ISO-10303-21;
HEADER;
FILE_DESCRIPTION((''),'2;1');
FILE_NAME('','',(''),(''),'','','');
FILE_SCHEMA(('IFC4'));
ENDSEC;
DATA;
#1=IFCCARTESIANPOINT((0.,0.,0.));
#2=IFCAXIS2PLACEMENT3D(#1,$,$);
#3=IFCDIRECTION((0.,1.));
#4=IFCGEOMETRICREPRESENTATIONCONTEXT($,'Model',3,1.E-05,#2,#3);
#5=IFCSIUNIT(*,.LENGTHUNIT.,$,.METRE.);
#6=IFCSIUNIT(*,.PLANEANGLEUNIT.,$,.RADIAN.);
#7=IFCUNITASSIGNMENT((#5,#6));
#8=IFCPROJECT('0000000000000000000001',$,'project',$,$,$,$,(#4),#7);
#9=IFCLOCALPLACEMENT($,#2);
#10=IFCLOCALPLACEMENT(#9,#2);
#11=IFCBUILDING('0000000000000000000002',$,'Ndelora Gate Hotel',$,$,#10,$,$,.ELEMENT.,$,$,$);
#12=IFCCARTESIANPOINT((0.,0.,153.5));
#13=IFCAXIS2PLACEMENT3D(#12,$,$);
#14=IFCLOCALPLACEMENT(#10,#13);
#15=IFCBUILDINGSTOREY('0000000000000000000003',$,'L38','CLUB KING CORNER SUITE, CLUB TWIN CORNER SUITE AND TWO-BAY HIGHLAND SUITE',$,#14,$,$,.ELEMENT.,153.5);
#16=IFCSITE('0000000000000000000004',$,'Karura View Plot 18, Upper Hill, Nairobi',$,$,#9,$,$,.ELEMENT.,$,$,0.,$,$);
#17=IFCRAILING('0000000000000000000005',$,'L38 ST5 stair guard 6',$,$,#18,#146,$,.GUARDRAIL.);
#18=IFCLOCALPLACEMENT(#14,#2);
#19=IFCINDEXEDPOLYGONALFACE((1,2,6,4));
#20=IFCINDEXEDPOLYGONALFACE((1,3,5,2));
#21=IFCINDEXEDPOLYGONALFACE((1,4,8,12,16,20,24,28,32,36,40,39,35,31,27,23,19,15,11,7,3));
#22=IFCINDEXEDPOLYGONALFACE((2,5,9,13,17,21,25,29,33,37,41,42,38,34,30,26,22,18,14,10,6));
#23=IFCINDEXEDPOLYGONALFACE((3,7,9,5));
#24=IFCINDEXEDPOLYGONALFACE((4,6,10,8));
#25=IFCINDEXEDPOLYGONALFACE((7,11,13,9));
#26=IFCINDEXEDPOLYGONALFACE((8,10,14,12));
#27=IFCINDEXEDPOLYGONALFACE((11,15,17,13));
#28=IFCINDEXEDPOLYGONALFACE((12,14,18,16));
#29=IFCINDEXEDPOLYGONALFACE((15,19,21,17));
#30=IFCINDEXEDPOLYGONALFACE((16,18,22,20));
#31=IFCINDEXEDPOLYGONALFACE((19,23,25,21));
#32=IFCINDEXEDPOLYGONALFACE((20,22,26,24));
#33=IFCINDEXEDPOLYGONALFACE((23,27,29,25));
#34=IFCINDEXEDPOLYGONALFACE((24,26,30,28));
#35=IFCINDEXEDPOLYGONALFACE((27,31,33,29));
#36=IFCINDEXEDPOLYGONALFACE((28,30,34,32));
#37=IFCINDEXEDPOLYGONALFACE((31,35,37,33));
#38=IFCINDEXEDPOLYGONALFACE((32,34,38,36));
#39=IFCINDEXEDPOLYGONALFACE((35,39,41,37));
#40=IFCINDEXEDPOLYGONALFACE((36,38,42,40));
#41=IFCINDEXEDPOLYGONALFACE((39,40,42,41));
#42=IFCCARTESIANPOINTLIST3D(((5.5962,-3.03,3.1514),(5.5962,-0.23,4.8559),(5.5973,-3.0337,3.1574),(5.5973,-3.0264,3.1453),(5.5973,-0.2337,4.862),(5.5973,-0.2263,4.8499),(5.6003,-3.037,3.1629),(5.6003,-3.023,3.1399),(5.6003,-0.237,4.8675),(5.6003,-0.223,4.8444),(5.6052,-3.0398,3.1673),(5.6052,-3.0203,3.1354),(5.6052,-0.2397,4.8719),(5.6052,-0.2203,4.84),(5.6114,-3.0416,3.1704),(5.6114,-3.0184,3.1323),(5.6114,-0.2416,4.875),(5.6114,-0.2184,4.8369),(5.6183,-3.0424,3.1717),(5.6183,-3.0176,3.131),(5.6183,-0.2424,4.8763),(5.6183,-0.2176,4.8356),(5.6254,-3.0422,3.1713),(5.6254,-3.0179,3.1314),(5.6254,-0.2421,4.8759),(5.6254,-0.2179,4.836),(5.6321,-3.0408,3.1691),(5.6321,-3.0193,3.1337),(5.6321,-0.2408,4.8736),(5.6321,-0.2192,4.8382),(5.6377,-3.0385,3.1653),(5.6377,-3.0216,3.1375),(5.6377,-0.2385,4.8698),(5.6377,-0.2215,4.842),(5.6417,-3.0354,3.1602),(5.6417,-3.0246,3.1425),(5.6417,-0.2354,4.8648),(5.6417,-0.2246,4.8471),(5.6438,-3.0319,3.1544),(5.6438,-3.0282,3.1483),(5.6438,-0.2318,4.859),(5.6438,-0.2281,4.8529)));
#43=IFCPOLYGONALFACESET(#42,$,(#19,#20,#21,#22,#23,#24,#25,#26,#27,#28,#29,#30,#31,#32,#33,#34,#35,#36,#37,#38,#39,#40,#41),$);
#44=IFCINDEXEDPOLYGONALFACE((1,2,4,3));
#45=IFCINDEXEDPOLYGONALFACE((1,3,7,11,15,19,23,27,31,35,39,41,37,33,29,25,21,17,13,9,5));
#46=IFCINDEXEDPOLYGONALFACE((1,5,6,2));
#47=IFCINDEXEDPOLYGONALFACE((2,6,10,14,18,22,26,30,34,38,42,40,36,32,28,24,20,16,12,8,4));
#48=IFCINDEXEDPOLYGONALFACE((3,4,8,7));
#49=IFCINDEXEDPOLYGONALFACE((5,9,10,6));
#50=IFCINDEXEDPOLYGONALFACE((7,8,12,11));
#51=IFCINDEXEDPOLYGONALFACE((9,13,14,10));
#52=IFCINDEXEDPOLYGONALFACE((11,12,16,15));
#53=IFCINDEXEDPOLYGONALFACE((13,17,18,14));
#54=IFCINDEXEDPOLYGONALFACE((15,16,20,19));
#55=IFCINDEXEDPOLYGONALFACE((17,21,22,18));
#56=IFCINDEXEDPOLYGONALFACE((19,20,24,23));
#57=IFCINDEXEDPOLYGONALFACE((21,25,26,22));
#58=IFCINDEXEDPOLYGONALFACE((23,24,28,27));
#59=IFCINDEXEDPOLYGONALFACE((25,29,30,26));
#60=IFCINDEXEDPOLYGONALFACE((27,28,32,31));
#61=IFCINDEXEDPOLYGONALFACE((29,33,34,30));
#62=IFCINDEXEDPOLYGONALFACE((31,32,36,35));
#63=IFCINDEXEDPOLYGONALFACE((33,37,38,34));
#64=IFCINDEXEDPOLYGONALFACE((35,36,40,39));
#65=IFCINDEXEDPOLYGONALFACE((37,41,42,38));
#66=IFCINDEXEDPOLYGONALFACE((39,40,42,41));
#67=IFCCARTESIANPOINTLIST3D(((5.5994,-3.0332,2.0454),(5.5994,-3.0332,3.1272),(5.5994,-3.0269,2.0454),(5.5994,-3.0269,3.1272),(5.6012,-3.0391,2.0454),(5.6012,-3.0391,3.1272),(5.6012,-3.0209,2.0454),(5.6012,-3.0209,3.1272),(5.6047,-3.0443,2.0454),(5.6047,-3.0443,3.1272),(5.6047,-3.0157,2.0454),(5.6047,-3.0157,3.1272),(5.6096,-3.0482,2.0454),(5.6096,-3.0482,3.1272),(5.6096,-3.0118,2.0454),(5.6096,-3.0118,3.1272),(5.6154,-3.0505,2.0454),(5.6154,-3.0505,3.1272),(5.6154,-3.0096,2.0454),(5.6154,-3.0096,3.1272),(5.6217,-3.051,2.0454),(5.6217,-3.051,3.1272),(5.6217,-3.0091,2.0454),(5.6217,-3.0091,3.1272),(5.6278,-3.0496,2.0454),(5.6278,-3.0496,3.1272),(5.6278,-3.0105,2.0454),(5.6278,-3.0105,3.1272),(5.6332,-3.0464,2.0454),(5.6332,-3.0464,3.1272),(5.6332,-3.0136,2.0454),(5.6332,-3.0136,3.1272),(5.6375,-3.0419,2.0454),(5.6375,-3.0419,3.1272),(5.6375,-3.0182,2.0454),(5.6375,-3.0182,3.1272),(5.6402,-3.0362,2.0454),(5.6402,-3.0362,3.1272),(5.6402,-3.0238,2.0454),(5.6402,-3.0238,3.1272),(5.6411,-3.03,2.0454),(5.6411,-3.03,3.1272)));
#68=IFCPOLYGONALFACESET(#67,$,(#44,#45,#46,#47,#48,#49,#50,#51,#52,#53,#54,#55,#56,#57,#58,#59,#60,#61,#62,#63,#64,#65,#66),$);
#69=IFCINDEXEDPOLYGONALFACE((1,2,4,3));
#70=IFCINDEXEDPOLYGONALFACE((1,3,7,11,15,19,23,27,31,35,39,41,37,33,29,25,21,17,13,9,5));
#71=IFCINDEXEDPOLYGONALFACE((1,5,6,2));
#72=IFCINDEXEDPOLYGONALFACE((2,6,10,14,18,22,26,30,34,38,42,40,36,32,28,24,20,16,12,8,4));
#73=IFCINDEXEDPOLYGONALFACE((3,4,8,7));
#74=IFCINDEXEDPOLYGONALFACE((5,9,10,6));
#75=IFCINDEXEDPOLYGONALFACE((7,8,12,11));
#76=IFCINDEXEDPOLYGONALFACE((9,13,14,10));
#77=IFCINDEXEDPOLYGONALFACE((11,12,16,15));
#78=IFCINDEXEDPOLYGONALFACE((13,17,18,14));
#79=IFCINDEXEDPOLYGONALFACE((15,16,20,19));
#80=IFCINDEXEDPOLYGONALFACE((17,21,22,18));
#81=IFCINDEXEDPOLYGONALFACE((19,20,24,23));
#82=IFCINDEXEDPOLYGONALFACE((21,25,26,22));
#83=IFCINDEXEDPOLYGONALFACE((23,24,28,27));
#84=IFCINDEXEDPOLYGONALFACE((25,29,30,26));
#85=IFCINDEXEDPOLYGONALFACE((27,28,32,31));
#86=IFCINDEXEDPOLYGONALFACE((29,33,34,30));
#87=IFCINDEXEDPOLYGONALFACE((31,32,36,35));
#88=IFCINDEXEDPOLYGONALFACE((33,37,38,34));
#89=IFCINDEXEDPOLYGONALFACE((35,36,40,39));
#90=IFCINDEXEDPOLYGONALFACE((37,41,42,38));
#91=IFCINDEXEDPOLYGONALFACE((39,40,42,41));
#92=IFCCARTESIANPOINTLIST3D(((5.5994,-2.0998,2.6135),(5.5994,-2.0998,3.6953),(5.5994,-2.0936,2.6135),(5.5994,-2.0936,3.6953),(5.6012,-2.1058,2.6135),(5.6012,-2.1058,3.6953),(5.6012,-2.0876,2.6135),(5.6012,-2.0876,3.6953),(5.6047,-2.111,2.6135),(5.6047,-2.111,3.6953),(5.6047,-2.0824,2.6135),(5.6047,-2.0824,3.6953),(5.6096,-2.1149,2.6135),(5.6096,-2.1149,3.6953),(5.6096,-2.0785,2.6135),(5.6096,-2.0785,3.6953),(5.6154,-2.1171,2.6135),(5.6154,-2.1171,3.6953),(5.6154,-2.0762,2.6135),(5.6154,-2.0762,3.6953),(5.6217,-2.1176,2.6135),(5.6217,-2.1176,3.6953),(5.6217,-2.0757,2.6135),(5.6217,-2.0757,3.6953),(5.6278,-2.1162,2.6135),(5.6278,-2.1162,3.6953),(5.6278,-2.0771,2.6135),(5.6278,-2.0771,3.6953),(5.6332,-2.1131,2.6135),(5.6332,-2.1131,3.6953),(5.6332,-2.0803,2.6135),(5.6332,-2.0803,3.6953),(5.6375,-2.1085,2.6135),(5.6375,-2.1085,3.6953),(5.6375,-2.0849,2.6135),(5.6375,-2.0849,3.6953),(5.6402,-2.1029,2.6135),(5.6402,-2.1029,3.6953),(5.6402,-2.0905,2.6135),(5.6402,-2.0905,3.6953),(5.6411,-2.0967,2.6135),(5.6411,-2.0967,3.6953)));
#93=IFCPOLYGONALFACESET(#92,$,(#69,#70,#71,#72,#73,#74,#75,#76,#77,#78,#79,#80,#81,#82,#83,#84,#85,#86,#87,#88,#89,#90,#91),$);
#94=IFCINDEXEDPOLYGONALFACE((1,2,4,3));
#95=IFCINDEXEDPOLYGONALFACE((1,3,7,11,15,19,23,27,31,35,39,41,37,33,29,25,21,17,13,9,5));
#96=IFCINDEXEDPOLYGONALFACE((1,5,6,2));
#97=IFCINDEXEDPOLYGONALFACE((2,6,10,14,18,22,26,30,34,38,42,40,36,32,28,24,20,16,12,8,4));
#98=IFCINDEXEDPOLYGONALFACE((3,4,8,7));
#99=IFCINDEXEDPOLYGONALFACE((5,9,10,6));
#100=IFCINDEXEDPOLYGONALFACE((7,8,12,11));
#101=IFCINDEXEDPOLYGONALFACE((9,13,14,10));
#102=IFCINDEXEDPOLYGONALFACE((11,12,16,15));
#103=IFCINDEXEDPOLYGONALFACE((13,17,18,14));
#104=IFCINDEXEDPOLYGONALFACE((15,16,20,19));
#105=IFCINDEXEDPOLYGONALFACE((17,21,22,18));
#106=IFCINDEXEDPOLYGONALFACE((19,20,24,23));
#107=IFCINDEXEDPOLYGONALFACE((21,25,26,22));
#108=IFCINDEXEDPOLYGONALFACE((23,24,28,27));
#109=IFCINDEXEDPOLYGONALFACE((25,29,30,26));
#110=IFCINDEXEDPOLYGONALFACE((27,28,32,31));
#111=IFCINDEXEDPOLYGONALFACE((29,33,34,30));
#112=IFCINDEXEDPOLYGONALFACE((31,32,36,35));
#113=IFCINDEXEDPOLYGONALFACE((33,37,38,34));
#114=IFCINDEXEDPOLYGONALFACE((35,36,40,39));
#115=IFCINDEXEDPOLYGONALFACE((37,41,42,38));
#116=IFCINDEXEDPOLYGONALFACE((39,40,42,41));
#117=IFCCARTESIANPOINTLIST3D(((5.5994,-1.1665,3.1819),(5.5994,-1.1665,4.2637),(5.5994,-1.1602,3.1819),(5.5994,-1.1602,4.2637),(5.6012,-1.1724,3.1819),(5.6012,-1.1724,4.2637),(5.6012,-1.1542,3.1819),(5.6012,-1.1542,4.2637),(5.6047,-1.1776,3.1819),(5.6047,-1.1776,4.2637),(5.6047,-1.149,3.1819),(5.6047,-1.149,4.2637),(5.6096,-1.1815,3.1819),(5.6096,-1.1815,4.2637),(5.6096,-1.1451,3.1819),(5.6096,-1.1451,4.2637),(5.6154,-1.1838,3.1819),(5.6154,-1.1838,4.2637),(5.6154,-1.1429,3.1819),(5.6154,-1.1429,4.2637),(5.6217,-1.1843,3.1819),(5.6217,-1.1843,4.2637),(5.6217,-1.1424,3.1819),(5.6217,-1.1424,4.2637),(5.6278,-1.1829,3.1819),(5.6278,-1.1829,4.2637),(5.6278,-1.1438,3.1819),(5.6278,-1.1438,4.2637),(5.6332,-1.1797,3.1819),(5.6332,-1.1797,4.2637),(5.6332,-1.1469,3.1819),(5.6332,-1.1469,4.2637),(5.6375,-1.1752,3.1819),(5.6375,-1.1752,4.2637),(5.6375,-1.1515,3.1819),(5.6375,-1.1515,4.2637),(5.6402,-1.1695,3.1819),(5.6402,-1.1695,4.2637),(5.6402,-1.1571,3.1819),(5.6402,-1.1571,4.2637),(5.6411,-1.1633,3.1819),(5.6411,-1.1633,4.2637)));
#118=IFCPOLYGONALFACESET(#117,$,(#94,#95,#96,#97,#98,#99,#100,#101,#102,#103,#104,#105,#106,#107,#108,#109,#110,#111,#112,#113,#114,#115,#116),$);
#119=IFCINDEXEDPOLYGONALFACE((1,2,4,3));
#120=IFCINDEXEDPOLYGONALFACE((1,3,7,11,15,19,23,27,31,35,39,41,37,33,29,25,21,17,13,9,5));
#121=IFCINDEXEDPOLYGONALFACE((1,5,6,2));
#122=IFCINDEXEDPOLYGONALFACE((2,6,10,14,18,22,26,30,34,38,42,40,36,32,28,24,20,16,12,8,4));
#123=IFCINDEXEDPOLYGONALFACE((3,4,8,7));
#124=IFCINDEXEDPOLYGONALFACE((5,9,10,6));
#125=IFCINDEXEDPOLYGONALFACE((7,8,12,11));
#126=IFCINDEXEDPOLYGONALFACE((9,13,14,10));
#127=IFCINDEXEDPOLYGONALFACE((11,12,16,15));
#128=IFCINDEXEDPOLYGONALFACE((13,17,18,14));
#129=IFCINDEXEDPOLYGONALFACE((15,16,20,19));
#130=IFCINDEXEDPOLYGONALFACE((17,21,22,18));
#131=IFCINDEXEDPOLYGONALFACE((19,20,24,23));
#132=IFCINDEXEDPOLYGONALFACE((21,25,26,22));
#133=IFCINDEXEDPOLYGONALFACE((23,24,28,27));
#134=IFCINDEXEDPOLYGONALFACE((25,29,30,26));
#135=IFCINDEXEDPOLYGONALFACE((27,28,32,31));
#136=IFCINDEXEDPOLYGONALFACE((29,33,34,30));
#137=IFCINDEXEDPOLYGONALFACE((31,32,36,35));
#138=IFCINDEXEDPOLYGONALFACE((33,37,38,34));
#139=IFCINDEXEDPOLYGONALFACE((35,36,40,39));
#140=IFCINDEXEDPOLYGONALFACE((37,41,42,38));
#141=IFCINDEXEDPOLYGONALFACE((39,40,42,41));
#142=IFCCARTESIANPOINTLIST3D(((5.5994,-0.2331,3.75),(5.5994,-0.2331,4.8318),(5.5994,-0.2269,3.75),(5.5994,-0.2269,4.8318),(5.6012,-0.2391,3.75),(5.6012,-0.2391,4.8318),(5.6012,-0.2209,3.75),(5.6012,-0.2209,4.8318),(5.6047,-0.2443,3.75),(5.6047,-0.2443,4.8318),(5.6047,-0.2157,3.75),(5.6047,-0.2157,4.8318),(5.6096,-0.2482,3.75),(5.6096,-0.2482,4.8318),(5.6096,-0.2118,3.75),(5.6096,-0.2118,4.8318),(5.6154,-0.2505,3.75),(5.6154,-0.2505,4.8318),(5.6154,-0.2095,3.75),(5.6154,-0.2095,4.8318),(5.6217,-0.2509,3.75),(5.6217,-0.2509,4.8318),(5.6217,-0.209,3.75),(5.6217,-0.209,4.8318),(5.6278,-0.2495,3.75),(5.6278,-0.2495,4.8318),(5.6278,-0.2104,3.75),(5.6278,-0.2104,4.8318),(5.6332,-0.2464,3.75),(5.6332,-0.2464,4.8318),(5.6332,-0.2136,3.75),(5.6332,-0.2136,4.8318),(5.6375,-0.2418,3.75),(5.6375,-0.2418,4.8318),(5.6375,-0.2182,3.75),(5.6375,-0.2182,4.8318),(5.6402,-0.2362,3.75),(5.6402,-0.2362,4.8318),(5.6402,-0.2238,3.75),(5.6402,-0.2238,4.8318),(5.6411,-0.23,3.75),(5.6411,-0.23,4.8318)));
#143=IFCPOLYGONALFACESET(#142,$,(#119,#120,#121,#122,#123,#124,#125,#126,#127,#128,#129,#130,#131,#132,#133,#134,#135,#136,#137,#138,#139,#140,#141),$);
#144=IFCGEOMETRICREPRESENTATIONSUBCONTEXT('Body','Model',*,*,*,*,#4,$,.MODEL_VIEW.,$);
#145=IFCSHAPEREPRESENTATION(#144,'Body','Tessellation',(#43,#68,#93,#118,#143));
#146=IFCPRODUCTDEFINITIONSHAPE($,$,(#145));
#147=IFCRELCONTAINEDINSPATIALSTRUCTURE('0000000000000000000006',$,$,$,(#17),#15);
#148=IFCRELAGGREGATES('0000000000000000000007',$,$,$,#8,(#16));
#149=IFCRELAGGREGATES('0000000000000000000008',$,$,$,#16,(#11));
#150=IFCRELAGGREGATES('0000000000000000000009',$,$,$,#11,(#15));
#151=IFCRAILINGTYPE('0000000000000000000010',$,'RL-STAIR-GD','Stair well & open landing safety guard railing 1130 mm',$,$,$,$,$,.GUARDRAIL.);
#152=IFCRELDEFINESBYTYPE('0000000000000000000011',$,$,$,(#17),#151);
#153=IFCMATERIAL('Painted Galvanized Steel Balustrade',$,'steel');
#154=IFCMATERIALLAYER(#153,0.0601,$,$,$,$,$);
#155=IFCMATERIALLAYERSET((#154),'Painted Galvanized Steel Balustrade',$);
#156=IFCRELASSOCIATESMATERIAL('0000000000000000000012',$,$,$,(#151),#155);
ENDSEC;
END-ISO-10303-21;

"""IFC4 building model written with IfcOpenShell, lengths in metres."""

from ifc_helpers import new_model, si_unit, direction, frame, origin, origin_2d, place, context, subcontext, project, spatial, circle, extrude, material, layer, layer_set, type_object, element, save


model = new_model("IFC4")

# Units and contexts
model_context = context("Model", 3, precision=1e-05, world=origin(), true_north=direction((0.0, 1.0)))
body_context = subcontext(model_context, "Body", "Model", "MODEL_VIEW")
ifc_project = project(units=[si_unit("LENGTHUNIT", "METRE"), si_unit("PLANEANGLEUNIT", "RADIAN")], contexts=[model_context])

# Site, building, storey
site_placement = place(None, origin())
site = spatial("IfcSite", under=ifc_project, at=site_placement, Name="Karura View Plot 18, Upper Hill, Nairobi", CompositionType="ELEMENT", RefElevation=0.0)
building_placement = place(site_placement, origin())
building = spatial("IfcBuilding", under=site, at=building_placement, Name="Ndelora Gate Hotel", CompositionType="ELEMENT")
storey_placement = place(building_placement, frame((0.0, 0.0, 153.5)))
storey = spatial("IfcBuildingStorey", under=building, at=storey_placement, Name="L38", Description="CLUB KING CORNER SUITE, CLUB TWIN CORNER SUITE AND TWO-BAY HIGHLAND SUITE", CompositionType="ELEMENT", Elevation=153.5)

# Railing
ifc_material_1 = material(Name="Painted Galvanized Steel Balustrade", Category="steel")
ifc_layer_1 = layer(ifc_material_1, 0.0601)
ifc_layer_set_1 = layer_set([ifc_layer_1], Name="Painted Galvanized Steel Balustrade")
railing_type_1 = type_object("IfcRailingType", Name="RL-STAIR-GD", Description="Stair well & open landing safety guard railing 1130 mm", PredefinedType="GUARDRAIL", material=ifc_layer_set_1)
railing_1_placement = place(storey_placement, frame((5.6201, -3.03, 2.0454)))
element("IfcRailing", 1, at=railing_1_placement, inside=storey, type_object=railing_type_1, Name="L38 ST5 stair guard 6", PredefinedType="GUARDRAIL", context=body_context, shape_type="SweptSolid", body=[
    extrude(circle(Radius=0.0239, at=origin_2d()), frame((0.0, 0.0, 1.106), z_axis=(0.0, 0.85417, 0.519994), x_axis=(-1.0, 0.0, 0.0)), (0.0, 0.0, 1.0), 3.2781),
    extrude(circle(Radius=0.021, at=origin_2d()), origin(), (0.0, 0.0, 1.0), 1.0818),
    extrude(circle(Radius=0.021, at=origin_2d()), frame((0.0, 0.9333, 0.5681)), (0.0, 0.0, 1.0), 1.0818),
    extrude(circle(Radius=0.021, at=origin_2d()), frame((0.0, 1.8667, 1.1365)), (0.0, 0.0, 1.0), 1.0818),
    extrude(circle(Radius=0.021, at=origin_2d()), frame((0.0, 2.8, 1.7046)), (0.0, 0.0, 1.0), 1.0818),
])

save(model, "model.ifc")
